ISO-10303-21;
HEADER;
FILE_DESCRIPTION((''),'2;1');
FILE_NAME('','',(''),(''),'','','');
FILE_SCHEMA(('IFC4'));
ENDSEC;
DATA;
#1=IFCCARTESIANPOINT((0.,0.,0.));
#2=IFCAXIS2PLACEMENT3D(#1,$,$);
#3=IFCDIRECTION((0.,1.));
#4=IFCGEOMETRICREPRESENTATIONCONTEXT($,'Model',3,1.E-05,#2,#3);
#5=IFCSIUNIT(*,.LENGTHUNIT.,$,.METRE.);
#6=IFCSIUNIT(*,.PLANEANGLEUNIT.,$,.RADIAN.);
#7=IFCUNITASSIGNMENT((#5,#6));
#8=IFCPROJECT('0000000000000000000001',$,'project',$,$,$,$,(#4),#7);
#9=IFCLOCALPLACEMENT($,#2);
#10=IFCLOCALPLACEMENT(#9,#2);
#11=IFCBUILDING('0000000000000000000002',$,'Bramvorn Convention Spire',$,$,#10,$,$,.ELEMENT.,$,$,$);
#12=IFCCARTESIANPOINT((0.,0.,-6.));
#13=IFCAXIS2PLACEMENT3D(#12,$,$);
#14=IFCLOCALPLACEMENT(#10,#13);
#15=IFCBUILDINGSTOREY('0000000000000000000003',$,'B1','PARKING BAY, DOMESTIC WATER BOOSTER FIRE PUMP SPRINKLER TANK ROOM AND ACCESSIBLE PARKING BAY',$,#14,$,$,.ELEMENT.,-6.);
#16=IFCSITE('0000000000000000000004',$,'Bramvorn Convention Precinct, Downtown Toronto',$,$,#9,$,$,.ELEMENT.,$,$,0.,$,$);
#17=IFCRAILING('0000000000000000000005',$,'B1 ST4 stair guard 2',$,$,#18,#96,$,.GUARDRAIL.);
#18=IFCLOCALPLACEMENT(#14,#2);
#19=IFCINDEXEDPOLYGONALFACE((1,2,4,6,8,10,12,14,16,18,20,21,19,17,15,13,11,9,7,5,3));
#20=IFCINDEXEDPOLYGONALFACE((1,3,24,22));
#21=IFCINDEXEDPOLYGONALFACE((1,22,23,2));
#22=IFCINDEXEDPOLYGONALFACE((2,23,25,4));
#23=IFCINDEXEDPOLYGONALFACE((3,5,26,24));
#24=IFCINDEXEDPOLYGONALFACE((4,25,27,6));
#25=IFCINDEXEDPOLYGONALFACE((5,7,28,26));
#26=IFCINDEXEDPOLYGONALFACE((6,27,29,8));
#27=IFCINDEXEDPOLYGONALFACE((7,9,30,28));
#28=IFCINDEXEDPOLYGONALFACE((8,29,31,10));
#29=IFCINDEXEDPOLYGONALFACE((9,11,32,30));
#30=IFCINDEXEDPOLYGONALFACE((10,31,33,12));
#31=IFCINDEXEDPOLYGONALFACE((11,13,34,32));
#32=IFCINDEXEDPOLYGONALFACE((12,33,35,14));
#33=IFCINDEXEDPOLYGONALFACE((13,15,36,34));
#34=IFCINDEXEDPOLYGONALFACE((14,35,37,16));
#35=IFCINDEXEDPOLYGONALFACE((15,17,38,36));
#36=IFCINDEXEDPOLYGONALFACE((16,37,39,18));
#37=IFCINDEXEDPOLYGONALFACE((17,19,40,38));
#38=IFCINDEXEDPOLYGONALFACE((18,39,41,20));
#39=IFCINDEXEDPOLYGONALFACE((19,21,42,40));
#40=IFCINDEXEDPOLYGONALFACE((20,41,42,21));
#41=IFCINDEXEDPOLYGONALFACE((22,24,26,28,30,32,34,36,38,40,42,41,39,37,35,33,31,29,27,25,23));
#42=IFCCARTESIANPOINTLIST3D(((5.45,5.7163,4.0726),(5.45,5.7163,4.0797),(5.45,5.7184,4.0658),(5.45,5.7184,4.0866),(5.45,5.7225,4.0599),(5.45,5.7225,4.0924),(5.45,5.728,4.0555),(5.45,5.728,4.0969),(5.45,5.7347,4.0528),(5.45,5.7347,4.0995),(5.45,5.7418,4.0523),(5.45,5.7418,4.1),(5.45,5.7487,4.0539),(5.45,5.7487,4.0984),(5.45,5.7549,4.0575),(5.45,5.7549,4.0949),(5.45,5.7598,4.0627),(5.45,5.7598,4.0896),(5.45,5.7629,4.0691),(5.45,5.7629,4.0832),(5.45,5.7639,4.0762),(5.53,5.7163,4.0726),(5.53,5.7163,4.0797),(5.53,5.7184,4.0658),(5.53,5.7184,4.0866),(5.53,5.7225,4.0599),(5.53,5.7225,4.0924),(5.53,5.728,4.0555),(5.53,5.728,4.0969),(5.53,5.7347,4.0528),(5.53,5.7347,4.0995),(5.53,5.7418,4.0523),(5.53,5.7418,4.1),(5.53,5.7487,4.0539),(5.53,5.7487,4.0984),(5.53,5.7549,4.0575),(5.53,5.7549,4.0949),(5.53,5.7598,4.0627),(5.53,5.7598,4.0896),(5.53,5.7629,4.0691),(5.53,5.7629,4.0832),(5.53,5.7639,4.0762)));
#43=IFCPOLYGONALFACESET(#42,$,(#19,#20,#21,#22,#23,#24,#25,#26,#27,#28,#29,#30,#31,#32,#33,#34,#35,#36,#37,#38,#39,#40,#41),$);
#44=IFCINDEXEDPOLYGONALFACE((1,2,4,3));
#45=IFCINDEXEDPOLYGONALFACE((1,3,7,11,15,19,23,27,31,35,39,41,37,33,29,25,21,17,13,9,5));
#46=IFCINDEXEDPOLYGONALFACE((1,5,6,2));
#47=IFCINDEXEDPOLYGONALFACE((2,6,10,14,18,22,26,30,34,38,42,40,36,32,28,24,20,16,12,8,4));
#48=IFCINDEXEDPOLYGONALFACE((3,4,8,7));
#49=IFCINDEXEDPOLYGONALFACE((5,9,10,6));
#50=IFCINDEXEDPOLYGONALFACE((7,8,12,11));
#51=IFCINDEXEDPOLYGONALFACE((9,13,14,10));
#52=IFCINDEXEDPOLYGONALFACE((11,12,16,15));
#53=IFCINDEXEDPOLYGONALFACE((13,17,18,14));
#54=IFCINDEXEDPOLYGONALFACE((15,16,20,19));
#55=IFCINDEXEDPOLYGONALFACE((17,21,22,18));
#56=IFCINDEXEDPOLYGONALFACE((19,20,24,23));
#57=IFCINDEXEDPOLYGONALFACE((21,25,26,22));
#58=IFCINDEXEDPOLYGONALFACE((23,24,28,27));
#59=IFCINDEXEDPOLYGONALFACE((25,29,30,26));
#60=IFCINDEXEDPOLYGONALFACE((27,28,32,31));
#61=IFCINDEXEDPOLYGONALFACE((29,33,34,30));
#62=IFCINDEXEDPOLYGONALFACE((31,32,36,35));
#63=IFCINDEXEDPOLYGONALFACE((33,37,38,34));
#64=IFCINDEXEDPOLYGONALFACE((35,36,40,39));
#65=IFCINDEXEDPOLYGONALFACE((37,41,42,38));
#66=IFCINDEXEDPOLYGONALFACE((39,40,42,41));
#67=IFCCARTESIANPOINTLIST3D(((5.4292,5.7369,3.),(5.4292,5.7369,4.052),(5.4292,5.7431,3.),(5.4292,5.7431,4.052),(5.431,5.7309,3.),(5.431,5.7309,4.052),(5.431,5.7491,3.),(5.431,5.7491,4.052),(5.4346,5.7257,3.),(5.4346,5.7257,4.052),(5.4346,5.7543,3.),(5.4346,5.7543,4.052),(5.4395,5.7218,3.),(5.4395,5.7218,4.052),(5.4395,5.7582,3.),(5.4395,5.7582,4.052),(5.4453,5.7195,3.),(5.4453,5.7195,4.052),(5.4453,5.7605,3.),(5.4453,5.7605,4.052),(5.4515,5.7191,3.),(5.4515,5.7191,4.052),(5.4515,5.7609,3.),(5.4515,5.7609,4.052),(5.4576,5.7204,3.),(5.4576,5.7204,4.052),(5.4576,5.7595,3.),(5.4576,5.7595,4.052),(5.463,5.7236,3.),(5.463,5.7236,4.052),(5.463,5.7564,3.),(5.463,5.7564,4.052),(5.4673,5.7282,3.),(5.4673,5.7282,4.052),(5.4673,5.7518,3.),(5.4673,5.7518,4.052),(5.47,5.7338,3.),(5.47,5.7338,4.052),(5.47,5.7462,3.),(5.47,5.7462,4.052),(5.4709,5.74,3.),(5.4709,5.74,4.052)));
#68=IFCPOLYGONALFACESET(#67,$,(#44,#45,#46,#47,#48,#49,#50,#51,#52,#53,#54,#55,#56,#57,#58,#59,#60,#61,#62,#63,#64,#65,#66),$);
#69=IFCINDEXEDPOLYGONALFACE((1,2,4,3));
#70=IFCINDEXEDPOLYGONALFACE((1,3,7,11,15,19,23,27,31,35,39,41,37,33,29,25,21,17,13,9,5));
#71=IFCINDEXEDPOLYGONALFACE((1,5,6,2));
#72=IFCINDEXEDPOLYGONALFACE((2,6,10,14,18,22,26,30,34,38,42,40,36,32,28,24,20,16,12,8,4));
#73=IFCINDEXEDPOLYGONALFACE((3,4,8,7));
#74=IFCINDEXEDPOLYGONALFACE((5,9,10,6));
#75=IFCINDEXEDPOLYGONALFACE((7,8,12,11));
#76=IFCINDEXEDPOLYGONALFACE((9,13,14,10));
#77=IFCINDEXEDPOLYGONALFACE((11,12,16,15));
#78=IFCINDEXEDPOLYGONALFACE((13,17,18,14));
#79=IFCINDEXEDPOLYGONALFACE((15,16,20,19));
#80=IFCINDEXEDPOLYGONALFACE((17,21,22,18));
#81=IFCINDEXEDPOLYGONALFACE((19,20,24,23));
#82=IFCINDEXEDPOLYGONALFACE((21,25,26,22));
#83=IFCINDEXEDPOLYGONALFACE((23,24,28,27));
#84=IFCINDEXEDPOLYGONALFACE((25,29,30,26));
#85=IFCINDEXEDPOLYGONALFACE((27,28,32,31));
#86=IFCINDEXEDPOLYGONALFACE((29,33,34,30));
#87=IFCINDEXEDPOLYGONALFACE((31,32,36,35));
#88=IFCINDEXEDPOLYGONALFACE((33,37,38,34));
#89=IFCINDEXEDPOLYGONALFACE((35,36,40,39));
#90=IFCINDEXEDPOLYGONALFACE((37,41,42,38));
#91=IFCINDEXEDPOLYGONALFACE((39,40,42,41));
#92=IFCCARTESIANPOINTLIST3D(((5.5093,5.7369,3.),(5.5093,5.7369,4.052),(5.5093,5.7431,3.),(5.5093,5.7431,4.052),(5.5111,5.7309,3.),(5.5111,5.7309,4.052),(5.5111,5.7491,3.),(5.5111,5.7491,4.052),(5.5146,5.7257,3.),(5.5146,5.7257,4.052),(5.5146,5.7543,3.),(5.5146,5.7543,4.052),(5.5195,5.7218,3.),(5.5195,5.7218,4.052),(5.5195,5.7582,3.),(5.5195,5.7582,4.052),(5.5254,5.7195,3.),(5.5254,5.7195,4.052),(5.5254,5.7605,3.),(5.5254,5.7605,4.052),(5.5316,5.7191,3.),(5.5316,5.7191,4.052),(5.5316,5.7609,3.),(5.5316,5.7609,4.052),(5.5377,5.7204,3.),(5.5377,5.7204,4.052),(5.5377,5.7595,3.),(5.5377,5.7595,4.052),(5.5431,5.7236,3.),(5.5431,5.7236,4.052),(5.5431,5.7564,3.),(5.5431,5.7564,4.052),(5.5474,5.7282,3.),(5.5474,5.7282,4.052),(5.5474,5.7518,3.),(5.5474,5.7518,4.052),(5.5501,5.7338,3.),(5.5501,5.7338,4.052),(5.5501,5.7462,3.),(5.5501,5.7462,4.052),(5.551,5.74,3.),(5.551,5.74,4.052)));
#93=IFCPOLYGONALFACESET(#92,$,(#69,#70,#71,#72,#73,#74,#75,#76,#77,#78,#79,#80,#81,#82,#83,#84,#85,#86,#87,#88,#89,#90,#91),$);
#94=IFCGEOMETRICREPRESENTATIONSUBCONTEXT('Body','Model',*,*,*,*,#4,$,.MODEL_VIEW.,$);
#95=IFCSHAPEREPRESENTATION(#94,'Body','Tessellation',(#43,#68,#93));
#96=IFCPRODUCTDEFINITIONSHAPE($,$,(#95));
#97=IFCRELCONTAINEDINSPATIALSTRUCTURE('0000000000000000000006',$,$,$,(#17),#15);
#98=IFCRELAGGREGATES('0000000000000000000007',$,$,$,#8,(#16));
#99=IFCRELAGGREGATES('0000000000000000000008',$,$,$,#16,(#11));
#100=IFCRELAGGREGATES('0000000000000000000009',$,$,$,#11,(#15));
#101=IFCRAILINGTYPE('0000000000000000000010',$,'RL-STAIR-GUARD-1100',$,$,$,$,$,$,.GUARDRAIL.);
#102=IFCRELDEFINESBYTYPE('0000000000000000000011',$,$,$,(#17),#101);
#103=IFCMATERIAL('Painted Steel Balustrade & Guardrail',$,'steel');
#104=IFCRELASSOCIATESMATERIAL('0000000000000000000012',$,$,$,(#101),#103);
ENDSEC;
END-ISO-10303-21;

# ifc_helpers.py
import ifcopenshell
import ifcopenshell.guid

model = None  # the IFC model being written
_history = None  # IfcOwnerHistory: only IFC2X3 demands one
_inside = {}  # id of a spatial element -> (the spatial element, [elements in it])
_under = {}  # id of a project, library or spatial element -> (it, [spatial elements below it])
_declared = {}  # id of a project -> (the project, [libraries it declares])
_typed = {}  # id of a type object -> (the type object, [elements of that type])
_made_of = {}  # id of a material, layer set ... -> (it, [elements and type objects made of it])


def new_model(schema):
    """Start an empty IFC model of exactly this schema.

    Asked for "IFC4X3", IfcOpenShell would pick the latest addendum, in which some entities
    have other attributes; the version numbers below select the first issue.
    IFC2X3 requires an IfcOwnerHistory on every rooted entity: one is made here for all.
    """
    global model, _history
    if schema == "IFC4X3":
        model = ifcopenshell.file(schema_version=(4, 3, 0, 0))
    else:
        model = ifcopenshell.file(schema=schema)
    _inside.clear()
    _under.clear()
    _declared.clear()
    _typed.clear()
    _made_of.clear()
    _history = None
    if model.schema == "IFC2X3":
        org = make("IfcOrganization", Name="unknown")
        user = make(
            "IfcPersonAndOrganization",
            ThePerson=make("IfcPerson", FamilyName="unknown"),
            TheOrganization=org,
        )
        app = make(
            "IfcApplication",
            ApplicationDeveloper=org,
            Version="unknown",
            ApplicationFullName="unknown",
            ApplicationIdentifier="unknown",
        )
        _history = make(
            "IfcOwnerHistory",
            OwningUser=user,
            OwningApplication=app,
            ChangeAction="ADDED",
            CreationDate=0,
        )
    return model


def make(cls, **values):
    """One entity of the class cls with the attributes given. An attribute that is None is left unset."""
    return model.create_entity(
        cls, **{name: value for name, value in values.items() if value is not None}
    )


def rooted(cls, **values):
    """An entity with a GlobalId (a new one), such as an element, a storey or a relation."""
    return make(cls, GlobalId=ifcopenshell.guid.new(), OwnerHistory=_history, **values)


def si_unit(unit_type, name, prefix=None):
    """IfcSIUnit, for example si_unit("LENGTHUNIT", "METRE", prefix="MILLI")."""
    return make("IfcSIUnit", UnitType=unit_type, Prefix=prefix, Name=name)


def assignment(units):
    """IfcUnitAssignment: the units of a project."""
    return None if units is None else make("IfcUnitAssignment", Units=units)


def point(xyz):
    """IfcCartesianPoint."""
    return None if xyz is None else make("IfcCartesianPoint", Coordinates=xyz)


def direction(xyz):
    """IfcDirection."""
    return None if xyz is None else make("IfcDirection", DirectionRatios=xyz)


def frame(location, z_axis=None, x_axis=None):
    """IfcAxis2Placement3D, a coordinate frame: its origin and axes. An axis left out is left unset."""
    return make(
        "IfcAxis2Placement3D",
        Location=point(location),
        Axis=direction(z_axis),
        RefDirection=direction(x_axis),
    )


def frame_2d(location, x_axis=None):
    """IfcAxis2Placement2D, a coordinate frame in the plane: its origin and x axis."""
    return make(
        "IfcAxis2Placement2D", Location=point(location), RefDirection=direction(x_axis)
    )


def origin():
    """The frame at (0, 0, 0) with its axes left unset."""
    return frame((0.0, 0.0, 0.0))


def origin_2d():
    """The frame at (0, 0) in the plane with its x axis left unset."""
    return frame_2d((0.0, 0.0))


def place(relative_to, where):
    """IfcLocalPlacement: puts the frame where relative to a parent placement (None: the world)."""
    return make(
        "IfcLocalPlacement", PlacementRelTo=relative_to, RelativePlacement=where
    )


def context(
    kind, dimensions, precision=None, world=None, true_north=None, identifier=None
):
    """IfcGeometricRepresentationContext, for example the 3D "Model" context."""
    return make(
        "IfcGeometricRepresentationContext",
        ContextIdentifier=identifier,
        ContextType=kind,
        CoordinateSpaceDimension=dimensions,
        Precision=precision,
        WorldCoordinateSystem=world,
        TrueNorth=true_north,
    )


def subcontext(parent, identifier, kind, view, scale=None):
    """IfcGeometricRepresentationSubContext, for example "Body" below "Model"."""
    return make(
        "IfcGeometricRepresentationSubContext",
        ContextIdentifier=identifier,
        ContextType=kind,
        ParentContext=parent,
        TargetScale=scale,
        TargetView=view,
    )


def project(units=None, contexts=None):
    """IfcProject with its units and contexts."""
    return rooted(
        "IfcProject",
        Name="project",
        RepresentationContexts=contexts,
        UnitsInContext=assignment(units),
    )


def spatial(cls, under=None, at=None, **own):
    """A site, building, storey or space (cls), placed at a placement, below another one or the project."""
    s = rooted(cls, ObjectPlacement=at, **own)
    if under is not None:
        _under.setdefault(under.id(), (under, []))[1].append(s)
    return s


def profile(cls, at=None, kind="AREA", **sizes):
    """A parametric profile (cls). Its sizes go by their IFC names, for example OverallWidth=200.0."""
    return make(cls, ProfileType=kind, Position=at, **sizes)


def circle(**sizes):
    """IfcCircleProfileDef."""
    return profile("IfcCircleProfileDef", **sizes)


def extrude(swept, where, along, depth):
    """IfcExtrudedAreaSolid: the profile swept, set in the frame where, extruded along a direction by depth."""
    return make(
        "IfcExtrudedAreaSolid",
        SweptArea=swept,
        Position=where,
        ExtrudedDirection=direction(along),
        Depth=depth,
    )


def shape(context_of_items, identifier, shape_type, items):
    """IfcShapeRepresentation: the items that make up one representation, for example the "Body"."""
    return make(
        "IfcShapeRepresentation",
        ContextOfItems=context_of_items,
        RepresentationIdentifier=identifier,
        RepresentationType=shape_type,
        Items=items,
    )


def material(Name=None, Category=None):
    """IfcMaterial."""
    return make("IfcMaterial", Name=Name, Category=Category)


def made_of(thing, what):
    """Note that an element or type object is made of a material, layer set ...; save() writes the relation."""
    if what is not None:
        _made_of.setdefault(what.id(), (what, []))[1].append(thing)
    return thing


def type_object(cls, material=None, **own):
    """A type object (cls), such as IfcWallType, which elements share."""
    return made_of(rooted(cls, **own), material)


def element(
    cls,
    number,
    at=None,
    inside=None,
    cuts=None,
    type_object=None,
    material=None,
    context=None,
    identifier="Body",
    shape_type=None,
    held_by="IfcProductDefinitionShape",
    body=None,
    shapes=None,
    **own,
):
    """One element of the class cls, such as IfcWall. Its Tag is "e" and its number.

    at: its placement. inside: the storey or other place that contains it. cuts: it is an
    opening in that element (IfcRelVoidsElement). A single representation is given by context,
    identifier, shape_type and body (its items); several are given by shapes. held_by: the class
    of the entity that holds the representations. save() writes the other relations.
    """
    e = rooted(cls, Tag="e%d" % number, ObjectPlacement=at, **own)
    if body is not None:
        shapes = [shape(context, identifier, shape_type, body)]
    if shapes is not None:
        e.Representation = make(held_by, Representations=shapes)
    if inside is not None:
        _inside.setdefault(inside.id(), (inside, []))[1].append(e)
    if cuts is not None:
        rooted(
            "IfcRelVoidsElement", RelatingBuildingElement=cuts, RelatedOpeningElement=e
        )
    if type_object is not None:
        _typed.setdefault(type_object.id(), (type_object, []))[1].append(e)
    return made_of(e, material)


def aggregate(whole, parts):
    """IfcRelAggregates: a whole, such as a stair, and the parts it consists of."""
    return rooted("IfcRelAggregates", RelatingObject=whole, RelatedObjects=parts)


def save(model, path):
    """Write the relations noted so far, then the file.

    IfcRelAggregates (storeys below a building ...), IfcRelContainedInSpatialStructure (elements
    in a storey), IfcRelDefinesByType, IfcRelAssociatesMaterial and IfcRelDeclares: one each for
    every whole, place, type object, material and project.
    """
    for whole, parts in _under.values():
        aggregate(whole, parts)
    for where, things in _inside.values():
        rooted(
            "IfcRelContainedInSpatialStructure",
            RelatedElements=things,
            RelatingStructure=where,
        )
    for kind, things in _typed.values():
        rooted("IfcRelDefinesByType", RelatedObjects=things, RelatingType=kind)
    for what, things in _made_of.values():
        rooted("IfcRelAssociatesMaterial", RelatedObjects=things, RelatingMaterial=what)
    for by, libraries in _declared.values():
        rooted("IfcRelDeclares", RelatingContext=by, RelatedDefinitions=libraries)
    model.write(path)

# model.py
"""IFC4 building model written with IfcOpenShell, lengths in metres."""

from ifc_helpers import new_model, si_unit, direction, frame, origin, origin_2d, place, context, subcontext, project, spatial, circle, extrude, material, type_object, element, save


model = new_model("IFC4")

# Units and contexts
model_context = context("Model", 3, precision=1e-05, world=origin(), true_north=direction((0.0, 1.0)))
body_context = subcontext(model_context, "Body", "Model", "MODEL_VIEW")
ifc_project = project(units=[si_unit("LENGTHUNIT", "METRE"), si_unit("PLANEANGLEUNIT", "RADIAN")], contexts=[model_context])

# Site, building, storey
site_placement = place(None, origin())
site = spatial("IfcSite", under=ifc_project, at=site_placement, Name="Bramvorn Convention Precinct, Downtown Toronto", CompositionType="ELEMENT", RefElevation=0.0)
building_placement = place(site_placement, origin())
building = spatial("IfcBuilding", under=site, at=building_placement, Name="Bramvorn Convention Spire", CompositionType="ELEMENT")
storey_placement = place(building_placement, frame((0.0, 0.0, -6.0)))
storey = spatial("IfcBuildingStorey", under=building, at=storey_placement, Name="B1", Description="PARKING BAY, DOMESTIC WATER BOOSTER FIRE PUMP SPRINKLER TANK ROOM AND ACCESSIBLE PARKING BAY", CompositionType="ELEMENT", Elevation=-6.0)

# Railing
ifc_material_1 = material(Name="Painted Steel Balustrade & Guardrail", Category="steel")
railing_type_1 = type_object("IfcRailingType", Name="RL-STAIR-GUARD-1100", PredefinedType="GUARDRAIL", material=ifc_material_1)
railing_1_placement = place(storey_placement, frame((5.45, 5.74, 3.0)))
element("IfcRailing", 1, at=railing_1_placement, inside=storey, type_object=railing_type_1, Name="B1 ST4 stair guard 2", PredefinedType="GUARDRAIL", context=body_context, shape_type="SweptSolid", body=[
    extrude(circle(Radius=0.0239, at=origin_2d()), frame((0.0, 0.0, 1.0762), z_axis=(1.0, 0.0, 0.0), x_axis=(0.0, 1.0, 0.0)), (0.0, 0.0, 1.0), 0.0801),
    extrude(circle(Radius=0.021, at=origin_2d()), origin(), (0.0, 0.0, 1.0), 1.052),
    extrude(circle(Radius=0.021, at=origin_2d()), frame((0.0801, 0.0, 0.0)), (0.0, 0.0, 1.0), 1.052),
])

save(model, "model.ifc")
